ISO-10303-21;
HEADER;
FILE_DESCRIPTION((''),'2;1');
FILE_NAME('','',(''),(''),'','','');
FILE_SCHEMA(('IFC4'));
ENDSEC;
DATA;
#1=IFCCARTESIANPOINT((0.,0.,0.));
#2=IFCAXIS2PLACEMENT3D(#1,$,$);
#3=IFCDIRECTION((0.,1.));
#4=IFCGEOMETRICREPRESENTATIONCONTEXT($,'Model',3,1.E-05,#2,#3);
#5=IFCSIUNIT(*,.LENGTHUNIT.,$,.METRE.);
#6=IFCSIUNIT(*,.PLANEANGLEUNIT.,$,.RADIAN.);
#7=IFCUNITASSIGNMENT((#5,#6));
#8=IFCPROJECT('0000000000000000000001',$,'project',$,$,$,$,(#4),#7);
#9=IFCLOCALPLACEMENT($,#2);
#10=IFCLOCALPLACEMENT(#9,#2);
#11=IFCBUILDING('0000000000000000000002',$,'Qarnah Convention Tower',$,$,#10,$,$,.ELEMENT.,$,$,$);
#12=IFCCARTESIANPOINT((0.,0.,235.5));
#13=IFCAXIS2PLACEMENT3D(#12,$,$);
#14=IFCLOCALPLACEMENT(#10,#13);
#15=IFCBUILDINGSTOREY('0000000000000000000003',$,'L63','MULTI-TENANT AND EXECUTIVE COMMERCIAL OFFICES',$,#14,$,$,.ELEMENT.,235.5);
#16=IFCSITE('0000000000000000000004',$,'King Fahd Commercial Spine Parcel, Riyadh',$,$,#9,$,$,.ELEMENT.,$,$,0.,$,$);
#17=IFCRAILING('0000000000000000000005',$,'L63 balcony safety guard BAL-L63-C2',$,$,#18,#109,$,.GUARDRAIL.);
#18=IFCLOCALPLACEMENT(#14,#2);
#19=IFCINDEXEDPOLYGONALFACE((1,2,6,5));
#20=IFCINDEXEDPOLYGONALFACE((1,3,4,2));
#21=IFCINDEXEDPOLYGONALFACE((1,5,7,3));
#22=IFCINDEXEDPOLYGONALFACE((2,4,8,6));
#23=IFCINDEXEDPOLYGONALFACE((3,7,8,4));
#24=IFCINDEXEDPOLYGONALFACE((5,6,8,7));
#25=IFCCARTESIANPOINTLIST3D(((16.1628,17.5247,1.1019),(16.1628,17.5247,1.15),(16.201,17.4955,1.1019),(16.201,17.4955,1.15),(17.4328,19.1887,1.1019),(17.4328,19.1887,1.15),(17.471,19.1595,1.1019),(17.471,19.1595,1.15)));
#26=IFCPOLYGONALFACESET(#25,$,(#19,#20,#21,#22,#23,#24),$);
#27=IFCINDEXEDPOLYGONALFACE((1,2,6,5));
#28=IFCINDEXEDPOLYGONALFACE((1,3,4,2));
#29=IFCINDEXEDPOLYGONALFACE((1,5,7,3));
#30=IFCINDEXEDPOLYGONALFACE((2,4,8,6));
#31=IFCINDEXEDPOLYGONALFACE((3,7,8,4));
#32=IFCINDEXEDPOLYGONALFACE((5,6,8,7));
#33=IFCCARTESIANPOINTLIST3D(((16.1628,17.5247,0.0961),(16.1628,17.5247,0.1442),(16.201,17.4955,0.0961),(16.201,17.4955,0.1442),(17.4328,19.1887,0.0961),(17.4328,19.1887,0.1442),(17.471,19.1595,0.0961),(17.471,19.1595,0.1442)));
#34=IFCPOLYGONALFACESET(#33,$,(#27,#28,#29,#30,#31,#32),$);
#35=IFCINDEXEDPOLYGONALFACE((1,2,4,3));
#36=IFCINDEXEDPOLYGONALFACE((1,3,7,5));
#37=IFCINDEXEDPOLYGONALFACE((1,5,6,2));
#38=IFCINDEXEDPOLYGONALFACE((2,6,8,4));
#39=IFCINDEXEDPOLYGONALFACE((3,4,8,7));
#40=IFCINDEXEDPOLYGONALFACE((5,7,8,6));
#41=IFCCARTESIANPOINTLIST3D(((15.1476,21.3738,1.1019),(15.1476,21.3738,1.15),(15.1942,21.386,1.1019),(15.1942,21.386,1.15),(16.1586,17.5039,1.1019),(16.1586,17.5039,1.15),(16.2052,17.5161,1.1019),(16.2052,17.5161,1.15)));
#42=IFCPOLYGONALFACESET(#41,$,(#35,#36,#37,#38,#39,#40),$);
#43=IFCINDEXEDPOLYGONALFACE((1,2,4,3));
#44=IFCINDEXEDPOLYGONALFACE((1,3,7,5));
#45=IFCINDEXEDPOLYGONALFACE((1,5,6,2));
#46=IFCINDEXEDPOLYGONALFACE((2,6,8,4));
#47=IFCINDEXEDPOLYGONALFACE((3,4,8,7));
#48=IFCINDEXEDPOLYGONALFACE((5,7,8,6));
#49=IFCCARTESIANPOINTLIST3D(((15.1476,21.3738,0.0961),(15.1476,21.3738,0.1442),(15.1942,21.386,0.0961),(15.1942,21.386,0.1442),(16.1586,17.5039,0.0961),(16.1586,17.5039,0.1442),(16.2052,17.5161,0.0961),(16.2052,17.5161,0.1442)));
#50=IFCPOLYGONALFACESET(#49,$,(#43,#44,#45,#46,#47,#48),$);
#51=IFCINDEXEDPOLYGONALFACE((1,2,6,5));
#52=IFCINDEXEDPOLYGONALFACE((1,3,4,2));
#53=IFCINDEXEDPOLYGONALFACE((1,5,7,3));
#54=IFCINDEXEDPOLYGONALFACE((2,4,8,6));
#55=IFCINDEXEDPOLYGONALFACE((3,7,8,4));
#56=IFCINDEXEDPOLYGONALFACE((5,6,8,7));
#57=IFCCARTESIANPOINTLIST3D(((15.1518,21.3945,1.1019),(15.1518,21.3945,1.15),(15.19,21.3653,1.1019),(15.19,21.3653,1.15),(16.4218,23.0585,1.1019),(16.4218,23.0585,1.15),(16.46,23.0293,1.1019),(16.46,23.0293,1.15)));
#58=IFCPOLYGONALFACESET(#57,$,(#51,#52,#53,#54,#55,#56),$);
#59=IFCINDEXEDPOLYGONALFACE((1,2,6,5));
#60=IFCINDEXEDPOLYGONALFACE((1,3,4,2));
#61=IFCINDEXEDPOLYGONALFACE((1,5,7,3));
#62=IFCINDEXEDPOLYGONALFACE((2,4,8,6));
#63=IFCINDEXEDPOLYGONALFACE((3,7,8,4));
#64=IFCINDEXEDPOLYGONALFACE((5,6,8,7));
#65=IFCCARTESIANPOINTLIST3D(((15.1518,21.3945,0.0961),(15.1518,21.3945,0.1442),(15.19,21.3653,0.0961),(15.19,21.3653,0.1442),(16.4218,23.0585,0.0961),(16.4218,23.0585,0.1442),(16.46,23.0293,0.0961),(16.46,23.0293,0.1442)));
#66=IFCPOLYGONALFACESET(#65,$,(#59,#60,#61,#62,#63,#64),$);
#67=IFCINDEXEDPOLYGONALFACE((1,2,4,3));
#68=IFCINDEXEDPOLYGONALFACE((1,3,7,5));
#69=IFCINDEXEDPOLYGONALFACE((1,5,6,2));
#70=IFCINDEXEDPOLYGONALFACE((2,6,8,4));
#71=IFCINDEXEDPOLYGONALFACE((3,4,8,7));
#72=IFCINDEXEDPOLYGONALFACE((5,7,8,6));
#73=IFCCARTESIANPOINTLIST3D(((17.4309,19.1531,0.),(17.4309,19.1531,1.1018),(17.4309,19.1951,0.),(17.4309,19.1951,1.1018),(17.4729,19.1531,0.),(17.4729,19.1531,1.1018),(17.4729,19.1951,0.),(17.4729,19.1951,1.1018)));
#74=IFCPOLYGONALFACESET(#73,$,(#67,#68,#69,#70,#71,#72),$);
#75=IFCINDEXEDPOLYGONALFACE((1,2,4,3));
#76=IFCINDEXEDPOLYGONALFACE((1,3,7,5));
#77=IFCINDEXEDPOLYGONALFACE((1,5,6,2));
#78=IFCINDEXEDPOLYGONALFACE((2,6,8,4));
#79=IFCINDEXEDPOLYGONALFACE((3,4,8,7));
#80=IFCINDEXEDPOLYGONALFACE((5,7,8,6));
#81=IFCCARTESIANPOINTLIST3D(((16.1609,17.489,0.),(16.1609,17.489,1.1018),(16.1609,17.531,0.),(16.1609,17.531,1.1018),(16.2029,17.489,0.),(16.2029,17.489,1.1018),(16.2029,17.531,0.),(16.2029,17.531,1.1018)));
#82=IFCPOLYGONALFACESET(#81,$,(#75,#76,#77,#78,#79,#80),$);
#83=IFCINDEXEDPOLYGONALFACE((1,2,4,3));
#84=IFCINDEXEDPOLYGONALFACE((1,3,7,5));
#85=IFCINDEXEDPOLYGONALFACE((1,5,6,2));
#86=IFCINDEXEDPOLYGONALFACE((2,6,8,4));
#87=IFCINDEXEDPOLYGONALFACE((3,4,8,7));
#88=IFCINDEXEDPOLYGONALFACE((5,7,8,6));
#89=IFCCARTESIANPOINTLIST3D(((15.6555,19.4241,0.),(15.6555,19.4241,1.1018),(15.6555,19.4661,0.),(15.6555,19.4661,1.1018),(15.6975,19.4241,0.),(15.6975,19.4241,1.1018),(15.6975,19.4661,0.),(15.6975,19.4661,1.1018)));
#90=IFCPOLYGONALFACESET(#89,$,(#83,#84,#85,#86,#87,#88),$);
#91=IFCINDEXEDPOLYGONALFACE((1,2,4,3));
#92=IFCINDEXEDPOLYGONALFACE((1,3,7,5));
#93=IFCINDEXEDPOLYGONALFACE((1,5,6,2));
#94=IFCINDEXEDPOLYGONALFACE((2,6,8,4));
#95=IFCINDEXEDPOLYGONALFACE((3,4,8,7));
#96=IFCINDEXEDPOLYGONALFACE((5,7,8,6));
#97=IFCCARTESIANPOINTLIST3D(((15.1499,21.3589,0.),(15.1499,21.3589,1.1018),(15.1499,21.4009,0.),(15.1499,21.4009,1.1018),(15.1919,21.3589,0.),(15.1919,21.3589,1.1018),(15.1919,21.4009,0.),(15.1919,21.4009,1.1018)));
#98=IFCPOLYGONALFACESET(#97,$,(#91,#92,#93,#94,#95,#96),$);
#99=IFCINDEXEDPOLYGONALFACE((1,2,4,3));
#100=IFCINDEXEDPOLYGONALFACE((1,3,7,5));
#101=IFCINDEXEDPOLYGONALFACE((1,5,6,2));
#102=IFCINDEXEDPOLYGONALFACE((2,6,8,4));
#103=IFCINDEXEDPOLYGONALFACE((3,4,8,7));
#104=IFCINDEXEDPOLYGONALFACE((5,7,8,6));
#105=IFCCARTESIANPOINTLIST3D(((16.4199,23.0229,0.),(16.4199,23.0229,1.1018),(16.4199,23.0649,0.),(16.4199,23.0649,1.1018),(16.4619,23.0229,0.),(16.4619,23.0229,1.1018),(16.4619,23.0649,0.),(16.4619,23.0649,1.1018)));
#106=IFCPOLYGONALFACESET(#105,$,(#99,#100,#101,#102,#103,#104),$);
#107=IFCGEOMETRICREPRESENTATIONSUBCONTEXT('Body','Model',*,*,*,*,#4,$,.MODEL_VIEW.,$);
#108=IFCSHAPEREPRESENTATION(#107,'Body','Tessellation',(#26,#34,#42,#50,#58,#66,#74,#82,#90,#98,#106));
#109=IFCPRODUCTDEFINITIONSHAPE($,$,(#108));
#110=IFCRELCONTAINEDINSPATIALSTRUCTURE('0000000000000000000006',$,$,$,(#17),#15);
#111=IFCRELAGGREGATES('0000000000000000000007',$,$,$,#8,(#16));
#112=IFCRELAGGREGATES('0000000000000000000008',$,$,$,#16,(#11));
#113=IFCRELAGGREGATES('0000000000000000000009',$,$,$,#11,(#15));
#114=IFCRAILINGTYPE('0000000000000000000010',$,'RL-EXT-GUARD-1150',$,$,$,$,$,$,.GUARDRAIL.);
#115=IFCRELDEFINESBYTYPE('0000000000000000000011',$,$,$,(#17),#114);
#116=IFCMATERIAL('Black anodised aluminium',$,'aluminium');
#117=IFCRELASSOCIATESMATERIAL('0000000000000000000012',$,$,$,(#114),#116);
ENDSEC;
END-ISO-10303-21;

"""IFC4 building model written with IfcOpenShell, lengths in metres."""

from ifc_helpers import new_model, si_unit, direction, frame, origin, origin_2d, place, context, subcontext, project, spatial, rectangle, extrude, material, type_object, element, save


model = new_model("IFC4")

# Units and contexts
model_context = context("Model", 3, precision=1e-05, world=origin(), true_north=direction((0.0, 1.0)))
body_context = subcontext(model_context, "Body", "Model", "MODEL_VIEW")
ifc_project = project(units=[si_unit("LENGTHUNIT", "METRE"), si_unit("PLANEANGLEUNIT", "RADIAN")], contexts=[model_context])

# Site, building, storey
site_placement = place(None, origin())
site = spatial("IfcSite", under=ifc_project, at=site_placement, Name="King Fahd Commercial Spine Parcel, Riyadh", CompositionType="ELEMENT", RefElevation=0.0)
building_placement = place(site_placement, origin())
building = spatial("IfcBuilding", under=site, at=building_placement, Name="Qarnah Convention Tower", CompositionType="ELEMENT")
storey_placement = place(building_placement, frame((0.0, 0.0, 235.5)))
storey = spatial("IfcBuildingStorey", under=building, at=storey_placement, Name="L63", Description="MULTI-TENANT AND EXECUTIVE COMMERCIAL OFFICES", CompositionType="ELEMENT", Elevation=235.5)

# Shared definitions
ifc_material_1 = material(Name="Black anodised aluminium", Category="aluminium")

# Railing
railing_type = type_object("IfcRailingType", Name="RL-EXT-GUARD-1150", PredefinedType="GUARDRAIL", material=ifc_material_1)
railing_1_placement = place(storey_placement, frame((17.4519, 19.1741, 0.0)))
element("IfcRailing", 1, at=railing_1_placement, inside=storey, type_object=railing_type, Name="L63 balcony safety guard BAL-L63-C2", PredefinedType="GUARDRAIL", context=body_context, shape_type="SweptSolid", body=[
    extrude(rectangle(XDim=0.0481, YDim=0.0481, at=origin_2d()), frame((0.0, 0.0, 1.126), z_axis=(-0.606697, -0.794933, 0.0), x_axis=(0.794933, -0.606697, 0.0)), (0.0, 0.0, 1.0), 2.0933),
    extrude(rectangle(XDim=0.0481, YDim=0.0481, at=origin_2d()), frame((0.0, 0.0, 0.1201), z_axis=(-0.606697, -0.794933, 0.0), x_axis=(0.794933, -0.606697, 0.0)), (0.0, 0.0, 1.0), 2.0933),
    extrude(rectangle(XDim=0.0481, YDim=0.0481, at=origin_2d()), frame((-1.27, -1.6641, 1.126), z_axis=(-0.252762, 0.967528, 0.0), x_axis=(-0.967528, -0.252762, 0.0)), (0.0, 0.0, 1.0), 3.9998),
    extrude(rectangle(XDim=0.0481, YDim=0.0481, at=origin_2d()), frame((-1.27, -1.6641, 0.1201), z_axis=(-0.252762, 0.967528, 0.0), x_axis=(-0.967528, -0.252762, 0.0)), (0.0, 0.0, 1.0), 3.9998),
    extrude(rectangle(XDim=0.0481, YDim=0.0481, at=origin_2d()), frame((-2.281, 2.2058, 1.126), z_axis=(0.606697, 0.794933, 0.0), x_axis=(-0.794933, 0.606697, 0.0)), (0.0, 0.0, 1.0), 2.0933),
    extrude(rectangle(XDim=0.0481, YDim=0.0481, at=origin_2d()), frame((-2.281, 2.2058, 0.1201), z_axis=(0.606697, 0.794933, 0.0), x_axis=(-0.794933, 0.606697, 0.0)), (0.0, 0.0, 1.0), 2.0933),
    extrude(rectangle(XDim=0.042, YDim=0.042, at=origin_2d()), origin(), (0.0, 0.0, 1.0), 1.1018),
    extrude(rectangle(XDim=0.042, YDim=0.042, at=origin_2d()), frame((-1.27, -1.6641, 0.0)), (0.0, 0.0, 1.0), 1.1018),
    extrude(rectangle(XDim=0.042, YDim=0.042, at=origin_2d()), frame((-1.7754, 0.271, 0.0)), (0.0, 0.0, 1.0), 1.1018),
    extrude(rectangle(XDim=0.042, YDim=0.042, at=origin_2d()), frame((-2.281, 2.2058, 0.0)), (0.0, 0.0, 1.0), 1.1018),
    extrude(rectangle(XDim=0.042, YDim=0.042, at=origin_2d()), frame((-1.011, 3.8699, 0.0)), (0.0, 0.0, 1.0), 1.1018),
])

save(model, "model.ifc")
